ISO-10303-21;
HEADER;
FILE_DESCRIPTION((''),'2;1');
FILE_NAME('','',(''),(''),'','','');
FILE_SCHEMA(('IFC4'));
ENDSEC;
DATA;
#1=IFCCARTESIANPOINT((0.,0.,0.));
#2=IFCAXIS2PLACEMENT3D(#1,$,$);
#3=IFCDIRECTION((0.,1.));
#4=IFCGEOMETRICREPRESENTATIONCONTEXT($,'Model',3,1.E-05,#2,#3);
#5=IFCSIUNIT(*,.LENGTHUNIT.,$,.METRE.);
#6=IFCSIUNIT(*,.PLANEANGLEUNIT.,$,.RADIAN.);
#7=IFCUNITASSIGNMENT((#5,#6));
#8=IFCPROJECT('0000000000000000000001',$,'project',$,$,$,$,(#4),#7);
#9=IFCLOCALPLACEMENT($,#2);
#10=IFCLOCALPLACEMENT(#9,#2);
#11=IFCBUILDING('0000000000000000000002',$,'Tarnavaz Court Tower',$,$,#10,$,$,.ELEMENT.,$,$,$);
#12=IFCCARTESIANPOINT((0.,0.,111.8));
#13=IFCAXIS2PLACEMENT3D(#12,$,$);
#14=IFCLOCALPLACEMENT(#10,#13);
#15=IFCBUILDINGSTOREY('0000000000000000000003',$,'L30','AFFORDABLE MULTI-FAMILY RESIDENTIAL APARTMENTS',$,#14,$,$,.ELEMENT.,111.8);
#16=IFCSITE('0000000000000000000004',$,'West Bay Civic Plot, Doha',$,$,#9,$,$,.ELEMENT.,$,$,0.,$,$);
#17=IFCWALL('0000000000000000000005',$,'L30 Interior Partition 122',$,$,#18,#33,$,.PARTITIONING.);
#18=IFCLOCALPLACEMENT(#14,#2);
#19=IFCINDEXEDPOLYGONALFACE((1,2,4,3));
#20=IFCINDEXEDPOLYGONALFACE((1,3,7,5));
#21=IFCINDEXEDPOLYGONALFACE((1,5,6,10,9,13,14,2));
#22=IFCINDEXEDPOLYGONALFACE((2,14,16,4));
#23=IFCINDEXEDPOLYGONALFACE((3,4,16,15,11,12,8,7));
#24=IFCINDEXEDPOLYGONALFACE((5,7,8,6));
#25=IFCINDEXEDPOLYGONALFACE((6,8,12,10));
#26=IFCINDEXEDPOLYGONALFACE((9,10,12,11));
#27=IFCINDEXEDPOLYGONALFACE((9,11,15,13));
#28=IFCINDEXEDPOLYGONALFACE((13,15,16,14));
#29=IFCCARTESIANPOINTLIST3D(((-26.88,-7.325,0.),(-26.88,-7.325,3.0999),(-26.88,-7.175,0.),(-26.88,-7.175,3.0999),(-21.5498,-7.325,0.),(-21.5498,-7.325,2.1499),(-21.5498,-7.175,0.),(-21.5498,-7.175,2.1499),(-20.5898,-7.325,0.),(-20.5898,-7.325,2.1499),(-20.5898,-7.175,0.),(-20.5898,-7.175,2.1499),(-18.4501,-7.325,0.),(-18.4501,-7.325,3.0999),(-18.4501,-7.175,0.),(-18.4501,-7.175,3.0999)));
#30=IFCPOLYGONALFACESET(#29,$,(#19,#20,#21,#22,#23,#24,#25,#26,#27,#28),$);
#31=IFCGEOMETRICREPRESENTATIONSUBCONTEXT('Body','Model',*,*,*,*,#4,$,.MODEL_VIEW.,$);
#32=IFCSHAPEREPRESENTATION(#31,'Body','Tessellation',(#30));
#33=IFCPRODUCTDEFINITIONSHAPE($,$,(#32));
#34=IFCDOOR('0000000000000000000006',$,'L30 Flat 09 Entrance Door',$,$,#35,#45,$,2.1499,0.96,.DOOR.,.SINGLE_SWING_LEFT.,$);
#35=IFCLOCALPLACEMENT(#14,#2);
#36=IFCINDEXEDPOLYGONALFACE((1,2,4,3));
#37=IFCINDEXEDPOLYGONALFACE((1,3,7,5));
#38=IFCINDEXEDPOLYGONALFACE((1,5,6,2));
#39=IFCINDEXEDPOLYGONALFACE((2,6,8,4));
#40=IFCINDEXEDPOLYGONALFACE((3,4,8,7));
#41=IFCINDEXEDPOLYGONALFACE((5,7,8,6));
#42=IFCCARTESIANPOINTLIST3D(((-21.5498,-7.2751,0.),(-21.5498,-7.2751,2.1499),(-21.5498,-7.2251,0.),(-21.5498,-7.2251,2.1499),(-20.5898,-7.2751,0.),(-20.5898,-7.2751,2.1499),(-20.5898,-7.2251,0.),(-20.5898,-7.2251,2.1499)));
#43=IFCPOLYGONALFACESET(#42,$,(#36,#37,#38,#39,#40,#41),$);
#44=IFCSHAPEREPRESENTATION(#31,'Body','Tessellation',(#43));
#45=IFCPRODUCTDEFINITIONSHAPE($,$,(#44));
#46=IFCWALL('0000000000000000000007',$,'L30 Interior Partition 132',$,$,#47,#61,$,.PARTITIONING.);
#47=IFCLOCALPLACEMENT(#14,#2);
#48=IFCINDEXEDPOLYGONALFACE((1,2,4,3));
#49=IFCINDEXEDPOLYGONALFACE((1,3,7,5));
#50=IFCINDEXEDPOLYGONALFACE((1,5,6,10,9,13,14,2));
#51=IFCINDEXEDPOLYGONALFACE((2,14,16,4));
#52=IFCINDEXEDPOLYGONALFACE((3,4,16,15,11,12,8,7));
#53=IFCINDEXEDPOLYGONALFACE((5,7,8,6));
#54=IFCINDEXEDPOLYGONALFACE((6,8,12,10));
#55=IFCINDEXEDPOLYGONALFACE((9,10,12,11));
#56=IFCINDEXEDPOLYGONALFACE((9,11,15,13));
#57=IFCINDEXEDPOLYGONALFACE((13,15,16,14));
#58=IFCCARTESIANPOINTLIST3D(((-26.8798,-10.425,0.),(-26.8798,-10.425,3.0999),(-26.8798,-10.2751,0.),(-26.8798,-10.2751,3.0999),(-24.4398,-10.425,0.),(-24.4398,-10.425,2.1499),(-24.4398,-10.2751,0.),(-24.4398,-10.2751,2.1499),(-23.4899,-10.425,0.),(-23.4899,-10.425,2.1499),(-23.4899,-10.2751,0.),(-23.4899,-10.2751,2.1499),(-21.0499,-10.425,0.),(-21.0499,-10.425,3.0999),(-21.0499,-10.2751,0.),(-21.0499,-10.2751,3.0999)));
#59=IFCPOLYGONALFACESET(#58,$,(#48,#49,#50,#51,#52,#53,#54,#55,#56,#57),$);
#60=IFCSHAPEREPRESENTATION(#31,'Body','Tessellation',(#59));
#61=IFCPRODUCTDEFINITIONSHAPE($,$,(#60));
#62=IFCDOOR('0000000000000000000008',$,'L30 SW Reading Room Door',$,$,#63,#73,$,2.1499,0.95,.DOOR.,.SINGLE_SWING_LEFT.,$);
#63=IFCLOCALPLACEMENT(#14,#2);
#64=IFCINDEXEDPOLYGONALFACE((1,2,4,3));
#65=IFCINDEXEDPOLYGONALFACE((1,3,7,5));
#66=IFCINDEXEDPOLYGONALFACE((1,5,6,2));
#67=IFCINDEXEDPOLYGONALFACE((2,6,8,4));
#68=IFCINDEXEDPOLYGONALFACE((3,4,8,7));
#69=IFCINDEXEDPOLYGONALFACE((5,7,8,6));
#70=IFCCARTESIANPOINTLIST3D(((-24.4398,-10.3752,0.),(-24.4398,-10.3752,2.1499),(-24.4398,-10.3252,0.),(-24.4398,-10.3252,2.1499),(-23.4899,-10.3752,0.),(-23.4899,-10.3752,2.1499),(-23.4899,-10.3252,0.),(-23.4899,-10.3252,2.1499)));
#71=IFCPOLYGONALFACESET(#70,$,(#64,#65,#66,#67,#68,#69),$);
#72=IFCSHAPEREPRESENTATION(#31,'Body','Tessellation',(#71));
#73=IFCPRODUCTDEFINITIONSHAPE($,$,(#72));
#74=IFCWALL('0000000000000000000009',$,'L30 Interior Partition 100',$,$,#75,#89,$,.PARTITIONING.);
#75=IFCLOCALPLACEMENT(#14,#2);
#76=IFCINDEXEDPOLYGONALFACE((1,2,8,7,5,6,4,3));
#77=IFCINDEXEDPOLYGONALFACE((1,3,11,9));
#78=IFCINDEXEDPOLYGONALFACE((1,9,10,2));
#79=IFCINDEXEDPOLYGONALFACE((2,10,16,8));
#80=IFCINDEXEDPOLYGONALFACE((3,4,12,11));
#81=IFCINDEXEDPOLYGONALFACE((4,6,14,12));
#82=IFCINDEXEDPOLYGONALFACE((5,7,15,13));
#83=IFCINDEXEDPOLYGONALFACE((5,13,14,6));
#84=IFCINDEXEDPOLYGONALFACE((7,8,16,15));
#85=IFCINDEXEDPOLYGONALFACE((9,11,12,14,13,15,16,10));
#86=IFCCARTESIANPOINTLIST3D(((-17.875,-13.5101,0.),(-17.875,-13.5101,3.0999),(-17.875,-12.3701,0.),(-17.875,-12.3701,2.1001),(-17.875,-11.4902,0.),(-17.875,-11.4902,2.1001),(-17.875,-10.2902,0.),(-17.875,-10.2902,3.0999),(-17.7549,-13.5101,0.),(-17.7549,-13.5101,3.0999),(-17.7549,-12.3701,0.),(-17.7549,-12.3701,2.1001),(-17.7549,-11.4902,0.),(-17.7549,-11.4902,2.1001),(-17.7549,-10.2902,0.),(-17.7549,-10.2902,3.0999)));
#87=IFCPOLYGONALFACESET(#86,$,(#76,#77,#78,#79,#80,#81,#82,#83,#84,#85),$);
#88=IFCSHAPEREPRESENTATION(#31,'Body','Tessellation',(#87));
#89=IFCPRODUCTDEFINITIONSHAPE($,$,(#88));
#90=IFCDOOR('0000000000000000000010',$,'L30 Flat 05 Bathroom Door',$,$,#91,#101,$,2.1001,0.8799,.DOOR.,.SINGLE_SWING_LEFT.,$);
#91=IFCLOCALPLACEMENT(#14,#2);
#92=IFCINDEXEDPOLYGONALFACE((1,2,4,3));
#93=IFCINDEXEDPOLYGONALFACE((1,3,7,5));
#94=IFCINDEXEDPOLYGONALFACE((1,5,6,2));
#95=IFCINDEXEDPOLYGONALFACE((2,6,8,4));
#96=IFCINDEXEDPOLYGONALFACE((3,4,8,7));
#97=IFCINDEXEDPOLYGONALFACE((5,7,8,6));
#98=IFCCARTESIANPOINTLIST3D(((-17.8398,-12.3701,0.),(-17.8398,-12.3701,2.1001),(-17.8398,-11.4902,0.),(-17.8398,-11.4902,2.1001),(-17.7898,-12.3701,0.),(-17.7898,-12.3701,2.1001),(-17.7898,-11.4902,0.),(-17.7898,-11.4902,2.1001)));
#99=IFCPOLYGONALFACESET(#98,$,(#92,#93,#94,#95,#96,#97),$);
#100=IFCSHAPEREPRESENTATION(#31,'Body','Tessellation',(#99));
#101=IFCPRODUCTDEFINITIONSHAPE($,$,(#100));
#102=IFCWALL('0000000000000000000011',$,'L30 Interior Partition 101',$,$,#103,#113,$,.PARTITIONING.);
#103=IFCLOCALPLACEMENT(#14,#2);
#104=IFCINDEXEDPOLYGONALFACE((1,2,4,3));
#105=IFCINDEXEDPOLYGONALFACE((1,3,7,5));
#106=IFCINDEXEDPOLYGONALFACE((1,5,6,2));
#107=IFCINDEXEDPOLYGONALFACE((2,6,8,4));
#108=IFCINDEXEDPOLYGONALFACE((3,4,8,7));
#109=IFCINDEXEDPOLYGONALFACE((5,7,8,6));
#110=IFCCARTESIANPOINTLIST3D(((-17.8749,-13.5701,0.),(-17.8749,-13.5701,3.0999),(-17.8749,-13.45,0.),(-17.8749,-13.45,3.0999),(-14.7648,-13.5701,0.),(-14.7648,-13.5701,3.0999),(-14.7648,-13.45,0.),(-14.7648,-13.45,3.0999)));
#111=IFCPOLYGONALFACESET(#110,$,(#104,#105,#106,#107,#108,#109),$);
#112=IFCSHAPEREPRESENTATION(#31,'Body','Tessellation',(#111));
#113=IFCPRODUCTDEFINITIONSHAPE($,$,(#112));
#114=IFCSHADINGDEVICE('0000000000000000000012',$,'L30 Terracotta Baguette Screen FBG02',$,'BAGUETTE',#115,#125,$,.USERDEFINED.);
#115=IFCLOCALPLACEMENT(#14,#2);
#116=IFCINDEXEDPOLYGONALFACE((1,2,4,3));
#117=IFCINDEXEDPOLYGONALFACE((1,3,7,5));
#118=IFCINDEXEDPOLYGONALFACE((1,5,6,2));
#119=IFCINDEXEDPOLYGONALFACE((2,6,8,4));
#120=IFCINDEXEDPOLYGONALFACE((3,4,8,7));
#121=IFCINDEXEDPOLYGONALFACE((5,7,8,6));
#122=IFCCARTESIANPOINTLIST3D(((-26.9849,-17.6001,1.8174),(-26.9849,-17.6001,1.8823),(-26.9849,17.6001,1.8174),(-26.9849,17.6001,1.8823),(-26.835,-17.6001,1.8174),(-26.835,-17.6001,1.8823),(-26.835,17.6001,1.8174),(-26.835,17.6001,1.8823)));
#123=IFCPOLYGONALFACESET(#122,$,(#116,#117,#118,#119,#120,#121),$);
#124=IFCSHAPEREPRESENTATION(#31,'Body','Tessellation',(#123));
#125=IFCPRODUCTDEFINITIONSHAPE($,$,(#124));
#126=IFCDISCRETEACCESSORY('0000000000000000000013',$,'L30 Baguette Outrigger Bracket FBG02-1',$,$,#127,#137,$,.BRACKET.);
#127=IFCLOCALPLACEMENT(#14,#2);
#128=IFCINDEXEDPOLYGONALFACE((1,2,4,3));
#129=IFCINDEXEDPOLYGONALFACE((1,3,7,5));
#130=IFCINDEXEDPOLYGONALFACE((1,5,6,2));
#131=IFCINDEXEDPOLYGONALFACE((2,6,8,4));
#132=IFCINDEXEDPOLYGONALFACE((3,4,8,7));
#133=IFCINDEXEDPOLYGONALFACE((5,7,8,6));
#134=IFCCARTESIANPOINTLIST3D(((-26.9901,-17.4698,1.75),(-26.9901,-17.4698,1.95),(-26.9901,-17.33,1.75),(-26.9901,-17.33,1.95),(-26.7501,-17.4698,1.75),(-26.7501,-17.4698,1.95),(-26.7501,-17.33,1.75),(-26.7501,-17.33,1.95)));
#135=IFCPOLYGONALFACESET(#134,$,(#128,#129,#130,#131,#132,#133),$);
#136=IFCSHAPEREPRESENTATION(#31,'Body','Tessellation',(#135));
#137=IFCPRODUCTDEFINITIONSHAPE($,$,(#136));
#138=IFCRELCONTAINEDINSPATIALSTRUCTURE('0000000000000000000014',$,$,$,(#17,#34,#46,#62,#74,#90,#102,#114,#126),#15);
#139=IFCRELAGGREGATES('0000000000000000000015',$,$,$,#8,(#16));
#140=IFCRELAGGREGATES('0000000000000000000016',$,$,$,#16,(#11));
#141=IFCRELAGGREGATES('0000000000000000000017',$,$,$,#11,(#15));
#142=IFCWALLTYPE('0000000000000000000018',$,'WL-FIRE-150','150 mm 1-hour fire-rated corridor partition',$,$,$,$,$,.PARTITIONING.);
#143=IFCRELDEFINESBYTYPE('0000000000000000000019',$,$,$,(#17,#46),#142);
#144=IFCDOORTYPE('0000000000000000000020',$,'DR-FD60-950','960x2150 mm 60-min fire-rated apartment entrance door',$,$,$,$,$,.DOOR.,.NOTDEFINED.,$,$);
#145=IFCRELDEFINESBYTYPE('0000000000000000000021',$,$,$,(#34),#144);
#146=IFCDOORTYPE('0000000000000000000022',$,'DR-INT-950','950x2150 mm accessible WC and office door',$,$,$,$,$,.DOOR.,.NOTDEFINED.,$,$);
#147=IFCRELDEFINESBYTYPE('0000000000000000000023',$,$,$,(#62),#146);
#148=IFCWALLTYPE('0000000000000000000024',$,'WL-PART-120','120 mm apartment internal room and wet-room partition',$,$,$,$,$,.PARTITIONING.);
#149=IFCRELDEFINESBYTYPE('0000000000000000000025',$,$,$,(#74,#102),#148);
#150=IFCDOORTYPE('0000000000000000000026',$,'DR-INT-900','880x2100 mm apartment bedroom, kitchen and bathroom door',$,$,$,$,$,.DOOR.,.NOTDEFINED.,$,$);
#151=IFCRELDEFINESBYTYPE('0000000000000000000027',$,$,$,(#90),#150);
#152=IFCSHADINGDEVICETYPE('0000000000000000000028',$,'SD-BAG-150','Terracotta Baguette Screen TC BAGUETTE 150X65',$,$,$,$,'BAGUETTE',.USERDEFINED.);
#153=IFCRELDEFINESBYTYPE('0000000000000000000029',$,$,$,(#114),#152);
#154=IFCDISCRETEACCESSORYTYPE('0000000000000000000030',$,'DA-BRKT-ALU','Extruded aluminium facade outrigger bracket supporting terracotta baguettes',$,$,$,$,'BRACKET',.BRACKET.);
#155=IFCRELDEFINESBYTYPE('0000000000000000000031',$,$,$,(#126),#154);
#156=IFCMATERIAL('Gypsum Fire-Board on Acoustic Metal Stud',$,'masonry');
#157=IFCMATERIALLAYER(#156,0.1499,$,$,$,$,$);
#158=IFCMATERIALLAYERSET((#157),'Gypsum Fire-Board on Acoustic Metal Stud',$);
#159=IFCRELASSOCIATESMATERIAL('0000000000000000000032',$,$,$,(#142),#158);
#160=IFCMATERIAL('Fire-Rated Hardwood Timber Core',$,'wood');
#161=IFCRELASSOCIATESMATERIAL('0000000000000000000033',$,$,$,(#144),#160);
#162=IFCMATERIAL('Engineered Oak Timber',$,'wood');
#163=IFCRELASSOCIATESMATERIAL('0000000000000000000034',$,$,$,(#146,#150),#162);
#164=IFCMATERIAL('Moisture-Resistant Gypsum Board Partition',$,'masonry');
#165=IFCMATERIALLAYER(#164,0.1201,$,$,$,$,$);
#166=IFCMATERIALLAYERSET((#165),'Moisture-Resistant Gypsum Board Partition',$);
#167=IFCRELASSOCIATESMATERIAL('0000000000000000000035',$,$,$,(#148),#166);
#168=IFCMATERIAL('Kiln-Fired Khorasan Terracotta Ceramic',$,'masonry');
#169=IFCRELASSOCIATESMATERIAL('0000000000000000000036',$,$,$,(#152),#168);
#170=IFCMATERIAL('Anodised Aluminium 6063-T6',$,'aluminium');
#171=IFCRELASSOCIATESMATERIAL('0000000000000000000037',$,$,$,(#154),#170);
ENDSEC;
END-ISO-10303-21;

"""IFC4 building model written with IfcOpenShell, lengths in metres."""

from ifc_helpers import new_model, si_unit, direction, frame, frame_2d, origin, origin_2d, place, context, subcontext, project, spatial, rectangle, extrude, material, layer, layer_set, material_profile, profile_set, type_object, element, fill, save


model = new_model("IFC4")

# Units and contexts
model_context = context("Model", 3, precision=1e-05, world=origin(), true_north=direction((0.0, 1.0)))
body_context = subcontext(model_context, "Body", "Model", "MODEL_VIEW")
ifc_project = project(units=[si_unit("LENGTHUNIT", "METRE"), si_unit("PLANEANGLEUNIT", "RADIAN")], contexts=[model_context])

# Site, building, storey
site_placement = place(None, origin())
site = spatial("IfcSite", under=ifc_project, at=site_placement, Name="West Bay Civic Plot, Doha", CompositionType="ELEMENT", RefElevation=0.0)
building_placement = place(site_placement, origin())
building = spatial("IfcBuilding", under=site, at=building_placement, Name="Tarnavaz Court Tower", CompositionType="ELEMENT")
storey_placement = place(building_placement, frame((0.0, 0.0, 111.8)))
storey = spatial("IfcBuildingStorey", under=building, at=storey_placement, Name="L30", Description="AFFORDABLE MULTI-FAMILY RESIDENTIAL APARTMENTS", CompositionType="ELEMENT", Elevation=111.8)

# Shared definitions
ifc_material_1 = material(Name="Gypsum Fire-Board on Acoustic Metal Stud", Category="masonry")
ifc_layer_1 = layer(ifc_material_1, 0.1499)
ifc_layer_set_1 = layer_set([ifc_layer_1], Name="Gypsum Fire-Board on Acoustic Metal Stud")
wall_type_1 = type_object("IfcWallType", Name="WL-FIRE-150", Description="150 mm 1-hour fire-rated corridor partition", PredefinedType="PARTITIONING", material=ifc_layer_set_1)
ifc_material_2 = material(Name="Fire-Rated Hardwood Timber Core", Category="wood")
door_type_1 = type_object("IfcDoorType", Name="DR-FD60-950", Description="960x2150 mm 60-min fire-rated apartment entrance door", OperationType="NOTDEFINED", PredefinedType="DOOR", material=ifc_material_2)

# Walls, openings, doors
wall_1_placement = place(storey_placement, frame((-26.8799, -7.25, 0.0), z_axis=(0.0, 0.0, 1.0), x_axis=(1.0, 0.0, 0.0)))
wall_1 = element("IfcWall", 1, at=wall_1_placement, inside=storey, type_object=wall_type_1, Name="L30 Interior Partition 122", PredefinedType="PARTITIONING", context=body_context, shape_type="SweptSolid", body=[
    extrude(rectangle(XDim=8.4299, YDim=0.1499, at=frame_2d((4.2148, 0.0))), origin(), (0.0, 0.0, 1.0), 3.0999),
])
opening_1_placement = place(wall_1_placement, frame((5.3301, 0.0, 0.0)))
opening_1 = element("IfcOpeningElement", 2, at=opening_1_placement, cuts=wall_1, PredefinedType="OPENING", context=body_context, shape_type="SweptSolid", body=[
    extrude(rectangle(XDim=0.96, YDim=2.1499, at=frame_2d((0.48, 1.075))), frame((0.0, 0.085, 0.0), z_axis=(0.0, -1.0, 0.0), x_axis=(1.0, 0.0, 0.0)), (0.0, 0.0, 1.0), 0.1699),
])
door_1_placement = place(opening_1_placement, origin())
door_1 = element("IfcDoor", 3, at=door_1_placement, inside=storey, type_object=door_type_1, Name="L30 Flat 09 Entrance Door", OperationType="SINGLE_SWING_LEFT", OverallHeight=2.1499, OverallWidth=0.96, PredefinedType="DOOR", context=body_context, shape_type="SweptSolid", body=[
    extrude(rectangle(XDim=0.96, YDim=2.1499, at=frame_2d((0.48, 1.075))), frame((0.0, 0.0249, 0.0), z_axis=(0.0, -1.0, 0.0), x_axis=(1.0, 0.0, 0.0)), (0.0, 0.0, 1.0), 0.05),
])
fill(opening_1, door_1)
wall_2_placement = place(storey_placement, frame((-26.8799, -10.3501, 0.0), z_axis=(0.0, 0.0, 1.0), x_axis=(1.0, 0.0, 0.0)))
wall_2 = element("IfcWall", 4, at=wall_2_placement, inside=storey, type_object=wall_type_1, Name="L30 Interior Partition 132", PredefinedType="PARTITIONING", context=body_context, shape_type="SweptSolid", body=[
    extrude(rectangle(XDim=5.8298, YDim=0.1499, at=frame_2d((2.915, 0.0))), origin(), (0.0, 0.0, 1.0), 3.0999),
])
opening_2_placement = place(wall_2_placement, frame((2.4399, 0.0, 0.0)))
opening_2 = element("IfcOpeningElement", 5, at=opening_2_placement, cuts=wall_2, PredefinedType="OPENING", context=body_context, shape_type="SweptSolid", body=[
    extrude(rectangle(XDim=0.95, YDim=2.1499, at=frame_2d((0.4751, 1.075))), frame((0.0, 0.085, 0.0), z_axis=(0.0, -1.0, 0.0), x_axis=(1.0, 0.0, 0.0)), (0.0, 0.0, 1.0), 0.1699),
])
ifc_material_3 = material(Name="Engineered Oak Timber", Category="wood")
door_type_2 = type_object("IfcDoorType", Name="DR-INT-950", Description="950x2150 mm accessible WC and office door", OperationType="NOTDEFINED", PredefinedType="DOOR", material=ifc_material_3)
door_2_placement = place(opening_2_placement, origin())
door_2 = element("IfcDoor", 6, at=door_2_placement, inside=storey, type_object=door_type_2, Name="L30 SW Reading Room Door", OperationType="SINGLE_SWING_LEFT", OverallHeight=2.1499, OverallWidth=0.95, PredefinedType="DOOR", context=body_context, shape_type="SweptSolid", body=[
    extrude(rectangle(XDim=0.95, YDim=2.1499, at=frame_2d((0.4751, 1.075))), frame((0.0, 0.0249, 0.0), z_axis=(0.0, -1.0, 0.0), x_axis=(1.0, 0.0, 0.0)), (0.0, 0.0, 1.0), 0.05),
])
fill(opening_2, door_2)
ifc_material_4 = material(Name="Moisture-Resistant Gypsum Board Partition", Category="masonry")
ifc_layer_2 = layer(ifc_material_4, 0.1201)
ifc_layer_set_2 = layer_set([ifc_layer_2], Name="Moisture-Resistant Gypsum Board Partition")
wall_type_2 = type_object("IfcWallType", Name="WL-PART-120", Description="120 mm apartment internal room and wet-room partition", PredefinedType="PARTITIONING", material=ifc_layer_set_2)
wall_3_placement = place(storey_placement, frame((-17.8149, -13.51, 0.0), z_axis=(0.0, 0.0, 1.0), x_axis=(0.0, 1.0, 0.0)))
wall_3 = element("IfcWall", 7, at=wall_3_placement, inside=storey, type_object=wall_type_2, Name="L30 Interior Partition 100", PredefinedType="PARTITIONING", context=body_context, shape_type="SweptSolid", body=[
    extrude(rectangle(XDim=3.22, YDim=0.1201, at=frame_2d((1.6099, 0.0))), origin(), (0.0, 0.0, 1.0), 3.0999),
])
opening_3_placement = place(wall_3_placement, frame((1.1399, 0.0, 0.0)))
opening_3 = element("IfcOpeningElement", 8, at=opening_3_placement, cuts=wall_3, PredefinedType="OPENING", context=body_context, shape_type="SweptSolid", body=[
    extrude(rectangle(XDim=0.8799, YDim=2.1001, at=frame_2d((0.4399, 1.05))), frame((0.0, 0.0701, 0.0), z_axis=(0.0, -1.0, 0.0), x_axis=(1.0, 0.0, 0.0)), (0.0, 0.0, 1.0), 0.1401),
])
door_type_3 = type_object("IfcDoorType", Name="DR-INT-900", Description="880x2100 mm apartment bedroom, kitchen and bathroom door", OperationType="NOTDEFINED", PredefinedType="DOOR", material=ifc_material_3)
door_3_placement = place(opening_3_placement, origin())
door_3 = element("IfcDoor", 9, at=door_3_placement, inside=storey, type_object=door_type_3, Name="L30 Flat 05 Bathroom Door", OperationType="SINGLE_SWING_LEFT", OverallHeight=2.1001, OverallWidth=0.8799, PredefinedType="DOOR", context=body_context, shape_type="SweptSolid", body=[
    extrude(rectangle(XDim=0.8799, YDim=2.1001, at=frame_2d((0.4399, 1.05))), frame((0.0, 0.0249, 0.0), z_axis=(0.0, -1.0, 0.0), x_axis=(1.0, 0.0, 0.0)), (0.0, 0.0, 1.0), 0.05),
])
fill(opening_3, door_3)

# Wall
wall_4_placement = place(storey_placement, frame((-17.875, -13.51, 0.0), z_axis=(0.0, 0.0, 1.0), x_axis=(1.0, 0.0, 0.0)))
element("IfcWall", 10, at=wall_4_placement, inside=storey, type_object=wall_type_2, Name="L30 Interior Partition 101", PredefinedType="PARTITIONING", context=body_context, shape_type="SweptSolid", body=[
    extrude(rectangle(XDim=3.1101, YDim=0.1201, at=frame_2d((1.5552, 0.0))), origin(), (0.0, 0.0, 1.0), 3.0999),
])

# Shading device
ifc_material_5 = material(Name="Kiln-Fired Khorasan Terracotta Ceramic", Category="masonry")
ifc_material_profile_1 = material_profile(ifc_material_5, rectangle(XDim=0.1499, YDim=0.0649, at=origin_2d()), Name="TC BAGUETTE 150X65")
ifc_profile_set_1 = profile_set([ifc_material_profile_1], Name="Kiln-Fired Khorasan Terracotta Ceramic")
shading_device_type = type_object("IfcShadingDeviceType", Name="SD-BAG-150", Description="Terracotta Baguette Screen TC BAGUETTE 150X65", ElementType="BAGUETTE", PredefinedType="USERDEFINED", material=ifc_profile_set_1)
shading_device_placement = place(storey_placement, frame((-26.9099, -17.6001, 1.8499), z_axis=(0.0, 1.0, 0.0), x_axis=(-1.0, 0.0, 0.0)))
element("IfcShadingDevice", 11, at=shading_device_placement, inside=storey, type_object=shading_device_type, Name="L30 Terracotta Baguette Screen FBG02", ObjectType="BAGUETTE", PredefinedType="USERDEFINED", context=body_context, shape_type="SweptSolid", body=[
    extrude(rectangle(XDim=0.1499, YDim=0.0649, at=origin_2d()), origin(), (0.0, 0.0, 1.0), 35.2002),
])

# Discrete accessory
ifc_material_6 = material(Name="Anodised Aluminium 6063-T6", Category="aluminium")
discrete_accessory_type = type_object("IfcDiscreteAccessoryType", Name="DA-BRKT-ALU", Description="Extruded aluminium facade outrigger bracket supporting terracotta baguettes", ElementType="BRACKET", PredefinedType="BRACKET", material=ifc_material_6)
discrete_accessory_placement = place(storey_placement, frame((-26.8701, -17.3999, 1.75), z_axis=(0.0, 0.0, 1.0), x_axis=(0.0, 1.0, 0.0)))
element("IfcDiscreteAccessory", 12, at=discrete_accessory_placement, inside=storey, type_object=discrete_accessory_type, Name="L30 Baguette Outrigger Bracket FBG02-1", PredefinedType="BRACKET", context=body_context, shape_type="SweptSolid", body=[
    extrude(rectangle(XDim=0.1399, YDim=0.24, at=origin_2d()), origin(), (0.0, 0.0, 1.0), 0.2),
])

save(model, "model.ifc")
